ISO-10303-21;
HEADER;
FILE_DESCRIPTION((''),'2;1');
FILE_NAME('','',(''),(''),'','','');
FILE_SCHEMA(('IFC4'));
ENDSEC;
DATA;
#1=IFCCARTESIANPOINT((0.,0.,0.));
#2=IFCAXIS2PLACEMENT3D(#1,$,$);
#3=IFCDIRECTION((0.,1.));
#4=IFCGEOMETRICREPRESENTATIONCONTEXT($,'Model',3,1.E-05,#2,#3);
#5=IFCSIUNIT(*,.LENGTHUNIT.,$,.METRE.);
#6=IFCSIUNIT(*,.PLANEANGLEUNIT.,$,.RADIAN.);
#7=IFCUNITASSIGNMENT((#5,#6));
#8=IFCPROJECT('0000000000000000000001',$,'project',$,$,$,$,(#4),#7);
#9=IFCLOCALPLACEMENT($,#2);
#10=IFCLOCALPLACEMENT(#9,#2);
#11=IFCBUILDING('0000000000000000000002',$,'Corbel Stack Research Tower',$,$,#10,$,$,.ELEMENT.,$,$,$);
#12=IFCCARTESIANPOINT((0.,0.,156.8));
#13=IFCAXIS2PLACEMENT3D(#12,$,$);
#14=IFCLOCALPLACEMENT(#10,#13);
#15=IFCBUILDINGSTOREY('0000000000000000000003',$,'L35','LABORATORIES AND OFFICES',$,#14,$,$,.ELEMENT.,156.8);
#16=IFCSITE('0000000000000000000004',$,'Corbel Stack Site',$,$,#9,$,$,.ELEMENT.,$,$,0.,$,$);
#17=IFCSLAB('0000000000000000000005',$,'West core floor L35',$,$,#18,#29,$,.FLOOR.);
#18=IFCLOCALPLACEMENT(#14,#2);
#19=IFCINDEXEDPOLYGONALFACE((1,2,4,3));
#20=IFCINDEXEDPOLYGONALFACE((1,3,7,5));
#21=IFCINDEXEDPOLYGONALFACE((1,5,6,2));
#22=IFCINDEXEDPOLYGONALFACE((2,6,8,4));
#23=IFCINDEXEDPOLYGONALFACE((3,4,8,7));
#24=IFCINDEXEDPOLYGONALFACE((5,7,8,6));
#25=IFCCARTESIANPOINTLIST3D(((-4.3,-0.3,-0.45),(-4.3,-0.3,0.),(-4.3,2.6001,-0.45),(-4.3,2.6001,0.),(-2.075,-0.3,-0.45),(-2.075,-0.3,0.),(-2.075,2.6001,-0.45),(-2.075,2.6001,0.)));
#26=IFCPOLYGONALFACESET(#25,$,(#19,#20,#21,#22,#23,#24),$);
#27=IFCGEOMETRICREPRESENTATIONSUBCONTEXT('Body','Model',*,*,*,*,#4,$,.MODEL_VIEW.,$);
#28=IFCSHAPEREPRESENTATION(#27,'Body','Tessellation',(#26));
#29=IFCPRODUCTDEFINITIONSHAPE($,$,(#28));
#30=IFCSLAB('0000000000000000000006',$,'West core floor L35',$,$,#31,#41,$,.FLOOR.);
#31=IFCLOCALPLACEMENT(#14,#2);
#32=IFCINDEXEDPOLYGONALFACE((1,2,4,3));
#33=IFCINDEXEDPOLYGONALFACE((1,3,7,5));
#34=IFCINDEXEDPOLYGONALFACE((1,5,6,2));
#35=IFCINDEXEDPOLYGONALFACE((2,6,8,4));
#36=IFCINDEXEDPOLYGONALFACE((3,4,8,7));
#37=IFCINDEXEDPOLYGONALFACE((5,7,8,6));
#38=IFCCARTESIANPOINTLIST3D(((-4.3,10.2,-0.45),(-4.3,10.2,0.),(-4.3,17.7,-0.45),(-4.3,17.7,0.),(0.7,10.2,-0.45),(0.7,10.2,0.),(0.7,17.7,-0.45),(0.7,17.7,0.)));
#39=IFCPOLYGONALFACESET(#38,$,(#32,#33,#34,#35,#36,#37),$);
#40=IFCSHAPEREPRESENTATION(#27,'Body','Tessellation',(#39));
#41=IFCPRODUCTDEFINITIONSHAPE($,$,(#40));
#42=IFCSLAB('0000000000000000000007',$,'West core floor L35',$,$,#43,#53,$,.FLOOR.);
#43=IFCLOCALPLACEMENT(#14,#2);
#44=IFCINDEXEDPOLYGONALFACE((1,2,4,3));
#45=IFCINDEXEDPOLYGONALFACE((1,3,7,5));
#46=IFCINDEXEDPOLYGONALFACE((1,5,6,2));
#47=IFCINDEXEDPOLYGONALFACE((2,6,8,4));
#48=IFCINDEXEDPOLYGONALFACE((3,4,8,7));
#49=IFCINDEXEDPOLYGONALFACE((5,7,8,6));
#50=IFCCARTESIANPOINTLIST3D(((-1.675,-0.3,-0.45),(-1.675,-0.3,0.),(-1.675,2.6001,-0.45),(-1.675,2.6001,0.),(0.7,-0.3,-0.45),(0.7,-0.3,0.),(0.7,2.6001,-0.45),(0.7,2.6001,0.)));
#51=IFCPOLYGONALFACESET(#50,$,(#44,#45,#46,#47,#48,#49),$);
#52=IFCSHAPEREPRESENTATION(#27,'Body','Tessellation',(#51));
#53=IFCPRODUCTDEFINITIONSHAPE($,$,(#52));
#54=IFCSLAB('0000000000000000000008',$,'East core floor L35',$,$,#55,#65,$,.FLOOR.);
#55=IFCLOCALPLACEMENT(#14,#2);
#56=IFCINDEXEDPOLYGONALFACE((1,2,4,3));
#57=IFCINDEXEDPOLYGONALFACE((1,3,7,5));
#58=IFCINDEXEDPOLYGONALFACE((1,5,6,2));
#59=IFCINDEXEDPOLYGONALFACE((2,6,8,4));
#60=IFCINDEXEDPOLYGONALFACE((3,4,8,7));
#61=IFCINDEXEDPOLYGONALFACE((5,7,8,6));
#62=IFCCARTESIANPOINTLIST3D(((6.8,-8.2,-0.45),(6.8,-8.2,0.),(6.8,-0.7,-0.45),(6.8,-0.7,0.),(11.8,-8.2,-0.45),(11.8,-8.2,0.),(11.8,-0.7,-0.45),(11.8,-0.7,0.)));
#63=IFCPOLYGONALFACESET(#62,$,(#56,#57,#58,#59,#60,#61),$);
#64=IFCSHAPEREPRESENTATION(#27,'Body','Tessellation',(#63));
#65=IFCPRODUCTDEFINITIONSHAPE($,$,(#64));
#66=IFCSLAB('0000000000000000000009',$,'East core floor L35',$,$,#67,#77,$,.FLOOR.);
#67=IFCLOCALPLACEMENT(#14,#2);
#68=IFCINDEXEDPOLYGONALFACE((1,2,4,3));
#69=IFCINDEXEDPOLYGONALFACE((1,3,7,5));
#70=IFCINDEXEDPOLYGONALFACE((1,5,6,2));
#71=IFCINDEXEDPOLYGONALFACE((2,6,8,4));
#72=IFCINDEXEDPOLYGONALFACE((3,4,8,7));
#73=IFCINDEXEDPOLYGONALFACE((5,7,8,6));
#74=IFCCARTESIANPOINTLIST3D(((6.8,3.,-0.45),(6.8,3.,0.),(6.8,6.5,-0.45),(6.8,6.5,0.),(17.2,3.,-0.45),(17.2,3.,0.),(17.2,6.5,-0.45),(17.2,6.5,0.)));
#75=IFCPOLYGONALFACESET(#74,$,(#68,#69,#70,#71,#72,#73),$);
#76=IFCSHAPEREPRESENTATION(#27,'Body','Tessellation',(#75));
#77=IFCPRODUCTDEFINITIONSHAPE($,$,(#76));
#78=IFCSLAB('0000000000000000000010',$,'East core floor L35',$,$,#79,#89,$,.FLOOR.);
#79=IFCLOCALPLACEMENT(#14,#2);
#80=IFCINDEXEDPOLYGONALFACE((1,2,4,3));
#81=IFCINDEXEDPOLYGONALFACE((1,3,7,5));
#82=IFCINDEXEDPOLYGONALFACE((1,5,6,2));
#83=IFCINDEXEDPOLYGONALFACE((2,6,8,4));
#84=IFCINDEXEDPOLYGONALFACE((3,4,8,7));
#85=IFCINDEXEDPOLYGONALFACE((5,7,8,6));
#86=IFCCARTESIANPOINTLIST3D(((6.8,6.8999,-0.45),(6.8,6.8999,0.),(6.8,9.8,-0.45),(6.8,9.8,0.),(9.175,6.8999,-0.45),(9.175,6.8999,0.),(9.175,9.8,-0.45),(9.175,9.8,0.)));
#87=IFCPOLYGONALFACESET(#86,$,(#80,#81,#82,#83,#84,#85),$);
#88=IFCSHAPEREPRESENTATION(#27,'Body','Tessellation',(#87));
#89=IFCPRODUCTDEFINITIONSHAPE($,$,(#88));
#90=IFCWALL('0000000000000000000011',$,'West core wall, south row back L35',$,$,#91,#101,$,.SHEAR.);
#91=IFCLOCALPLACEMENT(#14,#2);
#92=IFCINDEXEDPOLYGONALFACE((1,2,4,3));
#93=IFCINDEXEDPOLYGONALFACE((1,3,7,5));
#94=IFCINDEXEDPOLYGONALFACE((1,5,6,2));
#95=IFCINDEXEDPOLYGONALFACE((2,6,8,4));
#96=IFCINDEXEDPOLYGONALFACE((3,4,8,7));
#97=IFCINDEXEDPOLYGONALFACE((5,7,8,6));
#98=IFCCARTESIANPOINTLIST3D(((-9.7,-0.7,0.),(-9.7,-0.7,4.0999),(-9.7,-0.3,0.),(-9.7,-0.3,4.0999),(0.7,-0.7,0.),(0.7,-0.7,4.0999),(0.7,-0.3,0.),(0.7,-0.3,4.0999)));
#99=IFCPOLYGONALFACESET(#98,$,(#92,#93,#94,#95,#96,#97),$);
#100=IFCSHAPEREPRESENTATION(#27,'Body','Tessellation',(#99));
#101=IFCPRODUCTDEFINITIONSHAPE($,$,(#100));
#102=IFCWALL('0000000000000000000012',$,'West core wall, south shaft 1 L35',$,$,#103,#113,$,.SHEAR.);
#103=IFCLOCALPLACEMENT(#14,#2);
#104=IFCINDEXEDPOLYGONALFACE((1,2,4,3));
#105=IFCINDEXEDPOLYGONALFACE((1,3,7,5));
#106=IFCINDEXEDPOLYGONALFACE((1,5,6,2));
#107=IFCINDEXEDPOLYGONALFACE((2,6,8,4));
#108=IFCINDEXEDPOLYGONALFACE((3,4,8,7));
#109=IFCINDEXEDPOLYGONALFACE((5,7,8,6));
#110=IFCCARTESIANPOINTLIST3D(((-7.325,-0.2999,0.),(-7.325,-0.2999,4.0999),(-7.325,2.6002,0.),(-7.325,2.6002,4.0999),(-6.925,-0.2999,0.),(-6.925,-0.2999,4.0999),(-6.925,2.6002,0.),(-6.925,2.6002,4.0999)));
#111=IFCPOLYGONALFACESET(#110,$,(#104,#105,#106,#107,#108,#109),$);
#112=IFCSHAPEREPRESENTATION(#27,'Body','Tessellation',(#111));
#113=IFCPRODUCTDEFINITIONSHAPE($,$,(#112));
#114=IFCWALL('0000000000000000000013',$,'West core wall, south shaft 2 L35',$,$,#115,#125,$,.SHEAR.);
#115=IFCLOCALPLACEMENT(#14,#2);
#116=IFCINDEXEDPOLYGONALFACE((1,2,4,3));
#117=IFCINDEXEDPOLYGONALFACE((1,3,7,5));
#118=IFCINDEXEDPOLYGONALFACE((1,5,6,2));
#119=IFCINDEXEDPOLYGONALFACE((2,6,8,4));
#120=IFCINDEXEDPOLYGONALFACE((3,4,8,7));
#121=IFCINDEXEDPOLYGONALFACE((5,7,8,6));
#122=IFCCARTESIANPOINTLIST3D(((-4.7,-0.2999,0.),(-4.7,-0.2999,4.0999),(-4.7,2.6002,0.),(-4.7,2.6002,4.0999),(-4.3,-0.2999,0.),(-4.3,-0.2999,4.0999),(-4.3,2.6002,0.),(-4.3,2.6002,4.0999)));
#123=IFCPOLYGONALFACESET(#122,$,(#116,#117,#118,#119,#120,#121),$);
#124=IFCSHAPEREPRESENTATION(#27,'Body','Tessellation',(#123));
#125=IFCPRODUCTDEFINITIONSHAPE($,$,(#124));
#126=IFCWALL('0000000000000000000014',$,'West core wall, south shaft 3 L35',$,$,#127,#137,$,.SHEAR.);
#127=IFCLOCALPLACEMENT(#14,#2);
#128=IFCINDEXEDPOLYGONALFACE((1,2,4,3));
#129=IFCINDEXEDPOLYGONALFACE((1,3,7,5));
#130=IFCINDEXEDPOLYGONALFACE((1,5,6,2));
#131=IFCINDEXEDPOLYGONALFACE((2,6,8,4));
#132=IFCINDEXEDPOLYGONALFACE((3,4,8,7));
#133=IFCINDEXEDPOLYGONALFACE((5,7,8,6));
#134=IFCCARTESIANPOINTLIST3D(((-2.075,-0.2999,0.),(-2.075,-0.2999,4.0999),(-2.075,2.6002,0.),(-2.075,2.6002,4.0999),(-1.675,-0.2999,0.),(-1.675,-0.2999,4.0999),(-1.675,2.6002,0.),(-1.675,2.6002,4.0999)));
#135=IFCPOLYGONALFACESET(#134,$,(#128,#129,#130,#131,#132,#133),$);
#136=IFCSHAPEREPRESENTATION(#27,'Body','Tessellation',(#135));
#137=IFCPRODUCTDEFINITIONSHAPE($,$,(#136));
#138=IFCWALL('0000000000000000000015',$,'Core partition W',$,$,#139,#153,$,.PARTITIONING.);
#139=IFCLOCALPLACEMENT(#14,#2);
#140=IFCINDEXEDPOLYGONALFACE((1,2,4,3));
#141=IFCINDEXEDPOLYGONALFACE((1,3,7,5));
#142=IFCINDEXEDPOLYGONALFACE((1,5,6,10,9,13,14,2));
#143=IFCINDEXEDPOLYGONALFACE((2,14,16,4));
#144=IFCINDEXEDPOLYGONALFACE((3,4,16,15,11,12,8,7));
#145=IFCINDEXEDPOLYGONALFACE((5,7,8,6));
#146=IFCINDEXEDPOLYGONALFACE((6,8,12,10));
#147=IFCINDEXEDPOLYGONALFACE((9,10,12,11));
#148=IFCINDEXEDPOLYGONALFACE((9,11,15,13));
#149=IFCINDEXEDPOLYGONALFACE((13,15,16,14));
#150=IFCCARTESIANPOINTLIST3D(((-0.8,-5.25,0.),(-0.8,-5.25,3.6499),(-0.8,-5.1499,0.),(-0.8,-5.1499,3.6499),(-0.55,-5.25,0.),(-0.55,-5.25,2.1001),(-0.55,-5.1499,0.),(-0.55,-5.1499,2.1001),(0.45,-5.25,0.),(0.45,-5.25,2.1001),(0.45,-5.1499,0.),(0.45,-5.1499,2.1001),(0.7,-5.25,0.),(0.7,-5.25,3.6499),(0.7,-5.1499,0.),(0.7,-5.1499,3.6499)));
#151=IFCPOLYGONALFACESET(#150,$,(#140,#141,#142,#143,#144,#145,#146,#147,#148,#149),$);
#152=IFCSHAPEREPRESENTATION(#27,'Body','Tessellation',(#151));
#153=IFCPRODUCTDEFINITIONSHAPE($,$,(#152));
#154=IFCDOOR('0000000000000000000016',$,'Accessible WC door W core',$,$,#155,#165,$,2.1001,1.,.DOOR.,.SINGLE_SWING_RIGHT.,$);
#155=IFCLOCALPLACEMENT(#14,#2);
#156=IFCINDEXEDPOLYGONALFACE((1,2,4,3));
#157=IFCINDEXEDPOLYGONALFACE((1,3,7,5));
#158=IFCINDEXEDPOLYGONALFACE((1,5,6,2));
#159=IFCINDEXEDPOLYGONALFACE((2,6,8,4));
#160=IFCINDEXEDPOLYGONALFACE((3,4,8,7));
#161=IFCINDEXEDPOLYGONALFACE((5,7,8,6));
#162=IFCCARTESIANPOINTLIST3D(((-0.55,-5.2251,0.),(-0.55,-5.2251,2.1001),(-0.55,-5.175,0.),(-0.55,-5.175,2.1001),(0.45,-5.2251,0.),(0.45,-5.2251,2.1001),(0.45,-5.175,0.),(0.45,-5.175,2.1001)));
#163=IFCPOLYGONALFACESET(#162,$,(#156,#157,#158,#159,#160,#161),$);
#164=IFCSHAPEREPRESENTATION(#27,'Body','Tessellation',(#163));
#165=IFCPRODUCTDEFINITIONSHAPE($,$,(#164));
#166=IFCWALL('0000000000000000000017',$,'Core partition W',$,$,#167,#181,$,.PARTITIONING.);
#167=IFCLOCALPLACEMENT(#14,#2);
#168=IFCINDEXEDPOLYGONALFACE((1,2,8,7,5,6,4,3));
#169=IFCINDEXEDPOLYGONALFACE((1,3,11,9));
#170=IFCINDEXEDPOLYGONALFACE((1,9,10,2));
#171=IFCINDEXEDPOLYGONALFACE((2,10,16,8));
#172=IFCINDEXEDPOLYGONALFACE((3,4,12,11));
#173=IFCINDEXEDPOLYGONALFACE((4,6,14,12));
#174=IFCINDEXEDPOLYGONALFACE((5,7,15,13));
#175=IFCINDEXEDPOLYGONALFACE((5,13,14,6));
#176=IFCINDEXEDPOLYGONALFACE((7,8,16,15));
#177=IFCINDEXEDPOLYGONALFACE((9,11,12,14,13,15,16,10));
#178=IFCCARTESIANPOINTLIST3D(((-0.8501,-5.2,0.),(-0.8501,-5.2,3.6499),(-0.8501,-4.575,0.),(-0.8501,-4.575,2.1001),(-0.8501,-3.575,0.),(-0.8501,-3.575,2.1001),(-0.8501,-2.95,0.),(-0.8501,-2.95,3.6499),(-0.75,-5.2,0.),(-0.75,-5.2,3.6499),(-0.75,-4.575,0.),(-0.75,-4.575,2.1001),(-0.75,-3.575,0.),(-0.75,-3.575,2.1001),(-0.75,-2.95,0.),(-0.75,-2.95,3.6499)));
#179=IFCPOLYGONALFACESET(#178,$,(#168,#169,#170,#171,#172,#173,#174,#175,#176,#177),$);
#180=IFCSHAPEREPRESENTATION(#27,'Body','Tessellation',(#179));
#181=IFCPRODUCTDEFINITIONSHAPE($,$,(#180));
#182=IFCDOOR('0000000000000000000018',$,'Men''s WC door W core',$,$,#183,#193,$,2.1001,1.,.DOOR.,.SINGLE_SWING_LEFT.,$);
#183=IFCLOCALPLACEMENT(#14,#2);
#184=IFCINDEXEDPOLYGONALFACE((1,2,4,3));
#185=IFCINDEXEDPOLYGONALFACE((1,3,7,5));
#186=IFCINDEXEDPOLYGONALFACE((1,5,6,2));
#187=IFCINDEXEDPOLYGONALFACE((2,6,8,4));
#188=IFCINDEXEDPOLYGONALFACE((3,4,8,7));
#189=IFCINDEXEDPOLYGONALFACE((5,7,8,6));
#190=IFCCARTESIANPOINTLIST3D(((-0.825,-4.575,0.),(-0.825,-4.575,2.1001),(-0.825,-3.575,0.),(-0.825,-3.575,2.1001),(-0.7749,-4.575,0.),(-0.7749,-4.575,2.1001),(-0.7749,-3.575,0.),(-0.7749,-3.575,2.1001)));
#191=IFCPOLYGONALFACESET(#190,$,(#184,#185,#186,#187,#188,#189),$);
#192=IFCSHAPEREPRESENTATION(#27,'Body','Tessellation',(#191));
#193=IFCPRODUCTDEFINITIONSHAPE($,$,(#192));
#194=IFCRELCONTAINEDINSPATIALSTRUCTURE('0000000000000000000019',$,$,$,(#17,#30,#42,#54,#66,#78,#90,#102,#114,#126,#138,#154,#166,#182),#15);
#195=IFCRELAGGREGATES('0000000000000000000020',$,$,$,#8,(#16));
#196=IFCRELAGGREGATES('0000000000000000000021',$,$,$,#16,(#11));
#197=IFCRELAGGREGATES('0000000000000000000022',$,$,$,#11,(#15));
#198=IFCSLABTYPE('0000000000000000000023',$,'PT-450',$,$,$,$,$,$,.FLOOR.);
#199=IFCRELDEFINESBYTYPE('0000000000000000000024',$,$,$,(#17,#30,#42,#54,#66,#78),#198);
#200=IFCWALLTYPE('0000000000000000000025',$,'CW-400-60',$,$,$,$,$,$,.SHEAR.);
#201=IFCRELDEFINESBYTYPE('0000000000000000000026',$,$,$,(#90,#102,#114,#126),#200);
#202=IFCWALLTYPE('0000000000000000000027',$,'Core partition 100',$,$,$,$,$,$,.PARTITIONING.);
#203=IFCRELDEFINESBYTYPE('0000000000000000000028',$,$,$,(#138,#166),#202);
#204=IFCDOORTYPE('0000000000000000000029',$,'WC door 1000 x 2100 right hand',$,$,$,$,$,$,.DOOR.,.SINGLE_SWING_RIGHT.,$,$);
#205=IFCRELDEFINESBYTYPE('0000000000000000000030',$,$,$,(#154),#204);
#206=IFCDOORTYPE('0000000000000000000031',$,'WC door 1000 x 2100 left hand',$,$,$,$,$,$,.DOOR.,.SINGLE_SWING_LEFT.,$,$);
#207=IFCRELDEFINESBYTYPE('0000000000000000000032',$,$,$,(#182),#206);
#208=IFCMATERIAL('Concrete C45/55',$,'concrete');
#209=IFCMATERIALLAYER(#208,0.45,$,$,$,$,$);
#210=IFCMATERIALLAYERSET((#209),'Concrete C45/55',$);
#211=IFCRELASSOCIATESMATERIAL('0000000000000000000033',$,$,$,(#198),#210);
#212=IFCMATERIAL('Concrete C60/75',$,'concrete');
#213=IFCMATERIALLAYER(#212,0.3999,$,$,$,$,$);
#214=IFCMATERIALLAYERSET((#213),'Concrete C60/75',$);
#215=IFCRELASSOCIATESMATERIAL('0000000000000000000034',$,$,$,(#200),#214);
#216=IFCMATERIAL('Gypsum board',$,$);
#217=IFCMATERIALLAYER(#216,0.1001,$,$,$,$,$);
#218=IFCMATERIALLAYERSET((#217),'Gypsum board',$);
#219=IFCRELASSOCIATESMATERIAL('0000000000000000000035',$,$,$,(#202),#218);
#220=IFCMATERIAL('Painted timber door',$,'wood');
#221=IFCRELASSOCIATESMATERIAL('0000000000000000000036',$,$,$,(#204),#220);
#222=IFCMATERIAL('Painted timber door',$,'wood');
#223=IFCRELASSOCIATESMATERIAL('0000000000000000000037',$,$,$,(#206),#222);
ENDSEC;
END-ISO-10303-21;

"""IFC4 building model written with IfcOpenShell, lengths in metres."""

from ifc_helpers import new_model, si_unit, direction, frame, frame_2d, origin, place, context, subcontext, project, spatial, polyline, rectangle, outline, extrude, material, layer, layer_set, type_object, element, fill, save


model = new_model("IFC4")

# Units and contexts
model_context = context("Model", 3, precision=1e-05, world=origin(), true_north=direction((0.0, 1.0)))
body_context = subcontext(model_context, "Body", "Model", "MODEL_VIEW")
ifc_project = project(units=[si_unit("LENGTHUNIT", "METRE"), si_unit("PLANEANGLEUNIT", "RADIAN")], contexts=[model_context])

# Site, building, storey
site_placement = place(None, origin())
site = spatial("IfcSite", under=ifc_project, at=site_placement, Name="Corbel Stack Site", CompositionType="ELEMENT", RefElevation=0.0)
building_placement = place(site_placement, origin())
building = spatial("IfcBuilding", under=site, at=building_placement, Name="Corbel Stack Research Tower", CompositionType="ELEMENT")
storey_placement = place(building_placement, frame((0.0, 0.0, 156.8)))
storey = spatial("IfcBuildingStorey", under=building, at=storey_placement, Name="L35", Description="LABORATORIES AND OFFICES", CompositionType="ELEMENT", Elevation=156.8)

# Slabs
ifc_material_1 = material(Name="Concrete C45/55", Category="concrete")
ifc_layer_1 = layer(ifc_material_1, 0.45)
ifc_layer_set_1 = layer_set([ifc_layer_1], Name="Concrete C45/55")
slab_type = type_object("IfcSlabType", Name="PT-450", PredefinedType="FLOOR", material=ifc_layer_set_1)
slab_1_placement = place(storey_placement, frame((0.0, 0.0, -0.45)))
element("IfcSlab", 1, at=slab_1_placement, inside=storey, type_object=slab_type, Name="West core floor L35", PredefinedType="FLOOR", context=body_context, shape_type="SweptSolid", body=[
    extrude(outline(polyline([(-2.075, -0.3), (-2.075, 2.6001), (-4.3, 2.6001), (-4.3, -0.3), (-2.075, -0.3)])), origin(), (0.0, 0.0, 1.0), 0.45),
])
slab_2_placement = place(storey_placement, frame((0.0, 0.0, -0.45)))
element("IfcSlab", 2, at=slab_2_placement, inside=storey, type_object=slab_type, Name="West core floor L35", PredefinedType="FLOOR", context=body_context, shape_type="SweptSolid", body=[
    extrude(outline(polyline([(0.7, 17.7), (-4.3, 17.7), (-4.3, 10.2), (0.7, 10.2), (0.7, 17.7)])), origin(), (0.0, 0.0, 1.0), 0.45),
])
slab_3_placement = place(storey_placement, frame((0.0, 0.0, -0.45)))
element("IfcSlab", 3, at=slab_3_placement, inside=storey, type_object=slab_type, Name="West core floor L35", PredefinedType="FLOOR", context=body_context, shape_type="SweptSolid", body=[
    extrude(outline(polyline([(0.7, -0.3), (0.7, 2.6001), (-1.675, 2.6001), (-1.675, -0.3), (0.7, -0.3)])), origin(), (0.0, 0.0, 1.0), 0.45),
])
slab_4_placement = place(storey_placement, frame((0.0, 0.0, -0.45)))
element("IfcSlab", 4, at=slab_4_placement, inside=storey, type_object=slab_type, Name="East core floor L35", PredefinedType="FLOOR", context=body_context, shape_type="SweptSolid", body=[
    extrude(outline(polyline([(6.8, -0.7), (6.8, -8.2), (11.8, -8.2), (11.8, -0.7), (6.8, -0.7)])), origin(), (0.0, 0.0, 1.0), 0.45),
])
slab_5_placement = place(storey_placement, frame((0.0, 0.0, -0.45)))
element("IfcSlab", 5, at=slab_5_placement, inside=storey, type_object=slab_type, Name="East core floor L35", PredefinedType="FLOOR", context=body_context, shape_type="SweptSolid", body=[
    extrude(outline(polyline([(17.2, 6.5), (6.8, 6.5), (6.8, 3.0), (17.2, 3.0), (17.2, 6.5)])), origin(), (0.0, 0.0, 1.0), 0.45),
])
slab_6_placement = place(storey_placement, frame((0.0, 0.0, -0.45)))
element("IfcSlab", 6, at=slab_6_placement, inside=storey, type_object=slab_type, Name="East core floor L35", PredefinedType="FLOOR", context=body_context, shape_type="SweptSolid", body=[
    extrude(outline(polyline([(6.8, 6.8999), (9.175, 6.8999), (9.175, 9.8), (6.8, 9.8), (6.8, 6.8999)])), origin(), (0.0, 0.0, 1.0), 0.45),
])

# Walls
ifc_material_2 = material(Name="Concrete C60/75", Category="concrete")
ifc_layer_2 = layer(ifc_material_2, 0.3999)
ifc_layer_set_2 = layer_set([ifc_layer_2], Name="Concrete C60/75")
wall_type_1 = type_object("IfcWallType", Name="CW-400-60", PredefinedType="SHEAR", material=ifc_layer_set_2)
wall_1_placement = place(storey_placement, frame((-9.7, -0.5, 0.0), z_axis=(0.0, 0.0, 1.0), x_axis=(1.0, 0.0, 0.0)))
element("IfcWall", 7, at=wall_1_placement, inside=storey, type_object=wall_type_1, Name="West core wall, south row back L35", PredefinedType="SHEAR", context=body_context, shape_type="SweptSolid", body=[
    extrude(rectangle(XDim=10.3999, YDim=0.3999, at=frame_2d((5.2, 0.0))), origin(), (0.0, 0.0, 1.0), 4.0999),
])
for number, where, z_axis, x_axis, name in (
    (8, (-7.125, -0.3, 0.0), (0.0, 0.0, 1.0), (0.0, 1.0, 0.0), "West core wall, south shaft 1 L35"),
    (9, (-4.5, -0.3, 0.0), (0.0, 0.0, 1.0), (0.0, 1.0, 0.0), "West core wall, south shaft 2 L35"),
    (10, (-1.875, -0.3, 0.0), (0.0, 0.0, 1.0), (0.0, 1.0, 0.0), "West core wall, south shaft 3 L35"),
):
    element("IfcWall", number, at=place(storey_placement, frame(where, z_axis=z_axis, x_axis=x_axis)), inside=storey, type_object=wall_type_1, Name=name, PredefinedType="SHEAR", context=body_context, shape_type="SweptSolid", body=[
        extrude(rectangle(XDim=2.9001, YDim=0.3999, at=frame_2d((1.4502, 0.0))), origin(), (0.0, 0.0, 1.0), 4.0999),
    ])

# Walls, openings, doors
ifc_material_3 = material(Name="Gypsum board")
ifc_layer_3 = layer(ifc_material_3, 0.1001)
ifc_layer_set_3 = layer_set([ifc_layer_3], Name="Gypsum board")
wall_type_2 = type_object("IfcWallType", Name="Core partition 100", PredefinedType="PARTITIONING", material=ifc_layer_set_3)
wall_2_placement = place(storey_placement, frame((-0.8, -5.2, 0.0), z_axis=(0.0, 0.0, 1.0), x_axis=(1.0, 0.0, 0.0)))
wall_2 = element("IfcWall", 11, at=wall_2_placement, inside=storey, type_object=wall_type_2, Name="Core partition W", PredefinedType="PARTITIONING", context=body_context, shape_type="SweptSolid", body=[
    extrude(rectangle(XDim=1.5, YDim=0.1001, at=frame_2d((0.75, 0.0))), origin(), (0.0, 0.0, 1.0), 3.6499),
])
opening_1_placement = place(wall_2_placement, frame((0.25, 0.0, 0.0)))
opening_1 = element("IfcOpeningElement", 12, at=opening_1_placement, cuts=wall_2, PredefinedType="OPENING", context=body_context, shape_type="SweptSolid", body=[
    extrude(rectangle(XDim=1.0, YDim=2.1001, at=frame_2d((0.5, 1.05))), frame((0.0, 0.0601, 0.0), z_axis=(0.0, -1.0, 0.0), x_axis=(1.0, 0.0, 0.0)), (0.0, 0.0, 1.0), 0.1201),
])
ifc_material_4 = material(Name="Painted timber door", Category="wood")
door_type_1 = type_object("IfcDoorType", Name="WC door 1000 x 2100 right hand", OperationType="SINGLE_SWING_RIGHT", PredefinedType="DOOR", material=ifc_material_4)
door_1_placement = place(opening_1_placement, origin())
door_1 = element("IfcDoor", 13, at=door_1_placement, inside=storey, type_object=door_type_1, Name="Accessible WC door W core", OperationType="SINGLE_SWING_RIGHT", OverallHeight=2.1001, OverallWidth=1.0, PredefinedType="DOOR", context=body_context, shape_type="SweptSolid", body=[
    extrude(rectangle(XDim=1.0, YDim=2.1001, at=frame_2d((0.5, 1.05))), frame((0.0, 0.0249, 0.0), z_axis=(0.0, -1.0, 0.0), x_axis=(1.0, 0.0, 0.0)), (0.0, 0.0, 1.0), 0.05),
])
fill(opening_1, door_1)
wall_3_placement = place(storey_placement, frame((-0.8, -5.2, 0.0), z_axis=(0.0, 0.0, 1.0), x_axis=(0.0, 1.0, 0.0)))
wall_3 = element("IfcWall", 14, at=wall_3_placement, inside=storey, type_object=wall_type_2, Name="Core partition W", PredefinedType="PARTITIONING", context=body_context, shape_type="SweptSolid", body=[
    extrude(rectangle(XDim=2.25, YDim=0.1001, at=frame_2d((1.125, 0.0))), origin(), (0.0, 0.0, 1.0), 3.6499),
])
opening_2_placement = place(wall_3_placement, frame((0.625, 0.0, 0.0)))
opening_2 = element("IfcOpeningElement", 15, at=opening_2_placement, cuts=wall_3, PredefinedType="OPENING", context=body_context, shape_type="SweptSolid", body=[
    extrude(rectangle(XDim=1.0, YDim=2.1001, at=frame_2d((0.5, 1.05))), frame((0.0, 0.0601, 0.0), z_axis=(0.0, -1.0, 0.0), x_axis=(1.0, 0.0, 0.0)), (0.0, 0.0, 1.0), 0.1201),
])
ifc_material_5 = material(Name="Painted timber door", Category="wood")
door_type_2 = type_object("IfcDoorType", Name="WC door 1000 x 2100 left hand", OperationType="SINGLE_SWING_LEFT", PredefinedType="DOOR", material=ifc_material_5)
door_2_placement = place(opening_2_placement, origin())
door_2 = element("IfcDoor", 16, at=door_2_placement, inside=storey, type_object=door_type_2, Name="Men's WC door W core", OperationType="SINGLE_SWING_LEFT", OverallHeight=2.1001, OverallWidth=1.0, PredefinedType="DOOR", context=body_context, shape_type="SweptSolid", body=[
    extrude(rectangle(XDim=1.0, YDim=2.1001, at=frame_2d((0.5, 1.05))), frame((0.0, 0.0249, 0.0), z_axis=(0.0, -1.0, 0.0), x_axis=(1.0, 0.0, 0.0)), (0.0, 0.0, 1.0), 0.05),
])
fill(opening_2, door_2)

save(model, "model.ifc")
